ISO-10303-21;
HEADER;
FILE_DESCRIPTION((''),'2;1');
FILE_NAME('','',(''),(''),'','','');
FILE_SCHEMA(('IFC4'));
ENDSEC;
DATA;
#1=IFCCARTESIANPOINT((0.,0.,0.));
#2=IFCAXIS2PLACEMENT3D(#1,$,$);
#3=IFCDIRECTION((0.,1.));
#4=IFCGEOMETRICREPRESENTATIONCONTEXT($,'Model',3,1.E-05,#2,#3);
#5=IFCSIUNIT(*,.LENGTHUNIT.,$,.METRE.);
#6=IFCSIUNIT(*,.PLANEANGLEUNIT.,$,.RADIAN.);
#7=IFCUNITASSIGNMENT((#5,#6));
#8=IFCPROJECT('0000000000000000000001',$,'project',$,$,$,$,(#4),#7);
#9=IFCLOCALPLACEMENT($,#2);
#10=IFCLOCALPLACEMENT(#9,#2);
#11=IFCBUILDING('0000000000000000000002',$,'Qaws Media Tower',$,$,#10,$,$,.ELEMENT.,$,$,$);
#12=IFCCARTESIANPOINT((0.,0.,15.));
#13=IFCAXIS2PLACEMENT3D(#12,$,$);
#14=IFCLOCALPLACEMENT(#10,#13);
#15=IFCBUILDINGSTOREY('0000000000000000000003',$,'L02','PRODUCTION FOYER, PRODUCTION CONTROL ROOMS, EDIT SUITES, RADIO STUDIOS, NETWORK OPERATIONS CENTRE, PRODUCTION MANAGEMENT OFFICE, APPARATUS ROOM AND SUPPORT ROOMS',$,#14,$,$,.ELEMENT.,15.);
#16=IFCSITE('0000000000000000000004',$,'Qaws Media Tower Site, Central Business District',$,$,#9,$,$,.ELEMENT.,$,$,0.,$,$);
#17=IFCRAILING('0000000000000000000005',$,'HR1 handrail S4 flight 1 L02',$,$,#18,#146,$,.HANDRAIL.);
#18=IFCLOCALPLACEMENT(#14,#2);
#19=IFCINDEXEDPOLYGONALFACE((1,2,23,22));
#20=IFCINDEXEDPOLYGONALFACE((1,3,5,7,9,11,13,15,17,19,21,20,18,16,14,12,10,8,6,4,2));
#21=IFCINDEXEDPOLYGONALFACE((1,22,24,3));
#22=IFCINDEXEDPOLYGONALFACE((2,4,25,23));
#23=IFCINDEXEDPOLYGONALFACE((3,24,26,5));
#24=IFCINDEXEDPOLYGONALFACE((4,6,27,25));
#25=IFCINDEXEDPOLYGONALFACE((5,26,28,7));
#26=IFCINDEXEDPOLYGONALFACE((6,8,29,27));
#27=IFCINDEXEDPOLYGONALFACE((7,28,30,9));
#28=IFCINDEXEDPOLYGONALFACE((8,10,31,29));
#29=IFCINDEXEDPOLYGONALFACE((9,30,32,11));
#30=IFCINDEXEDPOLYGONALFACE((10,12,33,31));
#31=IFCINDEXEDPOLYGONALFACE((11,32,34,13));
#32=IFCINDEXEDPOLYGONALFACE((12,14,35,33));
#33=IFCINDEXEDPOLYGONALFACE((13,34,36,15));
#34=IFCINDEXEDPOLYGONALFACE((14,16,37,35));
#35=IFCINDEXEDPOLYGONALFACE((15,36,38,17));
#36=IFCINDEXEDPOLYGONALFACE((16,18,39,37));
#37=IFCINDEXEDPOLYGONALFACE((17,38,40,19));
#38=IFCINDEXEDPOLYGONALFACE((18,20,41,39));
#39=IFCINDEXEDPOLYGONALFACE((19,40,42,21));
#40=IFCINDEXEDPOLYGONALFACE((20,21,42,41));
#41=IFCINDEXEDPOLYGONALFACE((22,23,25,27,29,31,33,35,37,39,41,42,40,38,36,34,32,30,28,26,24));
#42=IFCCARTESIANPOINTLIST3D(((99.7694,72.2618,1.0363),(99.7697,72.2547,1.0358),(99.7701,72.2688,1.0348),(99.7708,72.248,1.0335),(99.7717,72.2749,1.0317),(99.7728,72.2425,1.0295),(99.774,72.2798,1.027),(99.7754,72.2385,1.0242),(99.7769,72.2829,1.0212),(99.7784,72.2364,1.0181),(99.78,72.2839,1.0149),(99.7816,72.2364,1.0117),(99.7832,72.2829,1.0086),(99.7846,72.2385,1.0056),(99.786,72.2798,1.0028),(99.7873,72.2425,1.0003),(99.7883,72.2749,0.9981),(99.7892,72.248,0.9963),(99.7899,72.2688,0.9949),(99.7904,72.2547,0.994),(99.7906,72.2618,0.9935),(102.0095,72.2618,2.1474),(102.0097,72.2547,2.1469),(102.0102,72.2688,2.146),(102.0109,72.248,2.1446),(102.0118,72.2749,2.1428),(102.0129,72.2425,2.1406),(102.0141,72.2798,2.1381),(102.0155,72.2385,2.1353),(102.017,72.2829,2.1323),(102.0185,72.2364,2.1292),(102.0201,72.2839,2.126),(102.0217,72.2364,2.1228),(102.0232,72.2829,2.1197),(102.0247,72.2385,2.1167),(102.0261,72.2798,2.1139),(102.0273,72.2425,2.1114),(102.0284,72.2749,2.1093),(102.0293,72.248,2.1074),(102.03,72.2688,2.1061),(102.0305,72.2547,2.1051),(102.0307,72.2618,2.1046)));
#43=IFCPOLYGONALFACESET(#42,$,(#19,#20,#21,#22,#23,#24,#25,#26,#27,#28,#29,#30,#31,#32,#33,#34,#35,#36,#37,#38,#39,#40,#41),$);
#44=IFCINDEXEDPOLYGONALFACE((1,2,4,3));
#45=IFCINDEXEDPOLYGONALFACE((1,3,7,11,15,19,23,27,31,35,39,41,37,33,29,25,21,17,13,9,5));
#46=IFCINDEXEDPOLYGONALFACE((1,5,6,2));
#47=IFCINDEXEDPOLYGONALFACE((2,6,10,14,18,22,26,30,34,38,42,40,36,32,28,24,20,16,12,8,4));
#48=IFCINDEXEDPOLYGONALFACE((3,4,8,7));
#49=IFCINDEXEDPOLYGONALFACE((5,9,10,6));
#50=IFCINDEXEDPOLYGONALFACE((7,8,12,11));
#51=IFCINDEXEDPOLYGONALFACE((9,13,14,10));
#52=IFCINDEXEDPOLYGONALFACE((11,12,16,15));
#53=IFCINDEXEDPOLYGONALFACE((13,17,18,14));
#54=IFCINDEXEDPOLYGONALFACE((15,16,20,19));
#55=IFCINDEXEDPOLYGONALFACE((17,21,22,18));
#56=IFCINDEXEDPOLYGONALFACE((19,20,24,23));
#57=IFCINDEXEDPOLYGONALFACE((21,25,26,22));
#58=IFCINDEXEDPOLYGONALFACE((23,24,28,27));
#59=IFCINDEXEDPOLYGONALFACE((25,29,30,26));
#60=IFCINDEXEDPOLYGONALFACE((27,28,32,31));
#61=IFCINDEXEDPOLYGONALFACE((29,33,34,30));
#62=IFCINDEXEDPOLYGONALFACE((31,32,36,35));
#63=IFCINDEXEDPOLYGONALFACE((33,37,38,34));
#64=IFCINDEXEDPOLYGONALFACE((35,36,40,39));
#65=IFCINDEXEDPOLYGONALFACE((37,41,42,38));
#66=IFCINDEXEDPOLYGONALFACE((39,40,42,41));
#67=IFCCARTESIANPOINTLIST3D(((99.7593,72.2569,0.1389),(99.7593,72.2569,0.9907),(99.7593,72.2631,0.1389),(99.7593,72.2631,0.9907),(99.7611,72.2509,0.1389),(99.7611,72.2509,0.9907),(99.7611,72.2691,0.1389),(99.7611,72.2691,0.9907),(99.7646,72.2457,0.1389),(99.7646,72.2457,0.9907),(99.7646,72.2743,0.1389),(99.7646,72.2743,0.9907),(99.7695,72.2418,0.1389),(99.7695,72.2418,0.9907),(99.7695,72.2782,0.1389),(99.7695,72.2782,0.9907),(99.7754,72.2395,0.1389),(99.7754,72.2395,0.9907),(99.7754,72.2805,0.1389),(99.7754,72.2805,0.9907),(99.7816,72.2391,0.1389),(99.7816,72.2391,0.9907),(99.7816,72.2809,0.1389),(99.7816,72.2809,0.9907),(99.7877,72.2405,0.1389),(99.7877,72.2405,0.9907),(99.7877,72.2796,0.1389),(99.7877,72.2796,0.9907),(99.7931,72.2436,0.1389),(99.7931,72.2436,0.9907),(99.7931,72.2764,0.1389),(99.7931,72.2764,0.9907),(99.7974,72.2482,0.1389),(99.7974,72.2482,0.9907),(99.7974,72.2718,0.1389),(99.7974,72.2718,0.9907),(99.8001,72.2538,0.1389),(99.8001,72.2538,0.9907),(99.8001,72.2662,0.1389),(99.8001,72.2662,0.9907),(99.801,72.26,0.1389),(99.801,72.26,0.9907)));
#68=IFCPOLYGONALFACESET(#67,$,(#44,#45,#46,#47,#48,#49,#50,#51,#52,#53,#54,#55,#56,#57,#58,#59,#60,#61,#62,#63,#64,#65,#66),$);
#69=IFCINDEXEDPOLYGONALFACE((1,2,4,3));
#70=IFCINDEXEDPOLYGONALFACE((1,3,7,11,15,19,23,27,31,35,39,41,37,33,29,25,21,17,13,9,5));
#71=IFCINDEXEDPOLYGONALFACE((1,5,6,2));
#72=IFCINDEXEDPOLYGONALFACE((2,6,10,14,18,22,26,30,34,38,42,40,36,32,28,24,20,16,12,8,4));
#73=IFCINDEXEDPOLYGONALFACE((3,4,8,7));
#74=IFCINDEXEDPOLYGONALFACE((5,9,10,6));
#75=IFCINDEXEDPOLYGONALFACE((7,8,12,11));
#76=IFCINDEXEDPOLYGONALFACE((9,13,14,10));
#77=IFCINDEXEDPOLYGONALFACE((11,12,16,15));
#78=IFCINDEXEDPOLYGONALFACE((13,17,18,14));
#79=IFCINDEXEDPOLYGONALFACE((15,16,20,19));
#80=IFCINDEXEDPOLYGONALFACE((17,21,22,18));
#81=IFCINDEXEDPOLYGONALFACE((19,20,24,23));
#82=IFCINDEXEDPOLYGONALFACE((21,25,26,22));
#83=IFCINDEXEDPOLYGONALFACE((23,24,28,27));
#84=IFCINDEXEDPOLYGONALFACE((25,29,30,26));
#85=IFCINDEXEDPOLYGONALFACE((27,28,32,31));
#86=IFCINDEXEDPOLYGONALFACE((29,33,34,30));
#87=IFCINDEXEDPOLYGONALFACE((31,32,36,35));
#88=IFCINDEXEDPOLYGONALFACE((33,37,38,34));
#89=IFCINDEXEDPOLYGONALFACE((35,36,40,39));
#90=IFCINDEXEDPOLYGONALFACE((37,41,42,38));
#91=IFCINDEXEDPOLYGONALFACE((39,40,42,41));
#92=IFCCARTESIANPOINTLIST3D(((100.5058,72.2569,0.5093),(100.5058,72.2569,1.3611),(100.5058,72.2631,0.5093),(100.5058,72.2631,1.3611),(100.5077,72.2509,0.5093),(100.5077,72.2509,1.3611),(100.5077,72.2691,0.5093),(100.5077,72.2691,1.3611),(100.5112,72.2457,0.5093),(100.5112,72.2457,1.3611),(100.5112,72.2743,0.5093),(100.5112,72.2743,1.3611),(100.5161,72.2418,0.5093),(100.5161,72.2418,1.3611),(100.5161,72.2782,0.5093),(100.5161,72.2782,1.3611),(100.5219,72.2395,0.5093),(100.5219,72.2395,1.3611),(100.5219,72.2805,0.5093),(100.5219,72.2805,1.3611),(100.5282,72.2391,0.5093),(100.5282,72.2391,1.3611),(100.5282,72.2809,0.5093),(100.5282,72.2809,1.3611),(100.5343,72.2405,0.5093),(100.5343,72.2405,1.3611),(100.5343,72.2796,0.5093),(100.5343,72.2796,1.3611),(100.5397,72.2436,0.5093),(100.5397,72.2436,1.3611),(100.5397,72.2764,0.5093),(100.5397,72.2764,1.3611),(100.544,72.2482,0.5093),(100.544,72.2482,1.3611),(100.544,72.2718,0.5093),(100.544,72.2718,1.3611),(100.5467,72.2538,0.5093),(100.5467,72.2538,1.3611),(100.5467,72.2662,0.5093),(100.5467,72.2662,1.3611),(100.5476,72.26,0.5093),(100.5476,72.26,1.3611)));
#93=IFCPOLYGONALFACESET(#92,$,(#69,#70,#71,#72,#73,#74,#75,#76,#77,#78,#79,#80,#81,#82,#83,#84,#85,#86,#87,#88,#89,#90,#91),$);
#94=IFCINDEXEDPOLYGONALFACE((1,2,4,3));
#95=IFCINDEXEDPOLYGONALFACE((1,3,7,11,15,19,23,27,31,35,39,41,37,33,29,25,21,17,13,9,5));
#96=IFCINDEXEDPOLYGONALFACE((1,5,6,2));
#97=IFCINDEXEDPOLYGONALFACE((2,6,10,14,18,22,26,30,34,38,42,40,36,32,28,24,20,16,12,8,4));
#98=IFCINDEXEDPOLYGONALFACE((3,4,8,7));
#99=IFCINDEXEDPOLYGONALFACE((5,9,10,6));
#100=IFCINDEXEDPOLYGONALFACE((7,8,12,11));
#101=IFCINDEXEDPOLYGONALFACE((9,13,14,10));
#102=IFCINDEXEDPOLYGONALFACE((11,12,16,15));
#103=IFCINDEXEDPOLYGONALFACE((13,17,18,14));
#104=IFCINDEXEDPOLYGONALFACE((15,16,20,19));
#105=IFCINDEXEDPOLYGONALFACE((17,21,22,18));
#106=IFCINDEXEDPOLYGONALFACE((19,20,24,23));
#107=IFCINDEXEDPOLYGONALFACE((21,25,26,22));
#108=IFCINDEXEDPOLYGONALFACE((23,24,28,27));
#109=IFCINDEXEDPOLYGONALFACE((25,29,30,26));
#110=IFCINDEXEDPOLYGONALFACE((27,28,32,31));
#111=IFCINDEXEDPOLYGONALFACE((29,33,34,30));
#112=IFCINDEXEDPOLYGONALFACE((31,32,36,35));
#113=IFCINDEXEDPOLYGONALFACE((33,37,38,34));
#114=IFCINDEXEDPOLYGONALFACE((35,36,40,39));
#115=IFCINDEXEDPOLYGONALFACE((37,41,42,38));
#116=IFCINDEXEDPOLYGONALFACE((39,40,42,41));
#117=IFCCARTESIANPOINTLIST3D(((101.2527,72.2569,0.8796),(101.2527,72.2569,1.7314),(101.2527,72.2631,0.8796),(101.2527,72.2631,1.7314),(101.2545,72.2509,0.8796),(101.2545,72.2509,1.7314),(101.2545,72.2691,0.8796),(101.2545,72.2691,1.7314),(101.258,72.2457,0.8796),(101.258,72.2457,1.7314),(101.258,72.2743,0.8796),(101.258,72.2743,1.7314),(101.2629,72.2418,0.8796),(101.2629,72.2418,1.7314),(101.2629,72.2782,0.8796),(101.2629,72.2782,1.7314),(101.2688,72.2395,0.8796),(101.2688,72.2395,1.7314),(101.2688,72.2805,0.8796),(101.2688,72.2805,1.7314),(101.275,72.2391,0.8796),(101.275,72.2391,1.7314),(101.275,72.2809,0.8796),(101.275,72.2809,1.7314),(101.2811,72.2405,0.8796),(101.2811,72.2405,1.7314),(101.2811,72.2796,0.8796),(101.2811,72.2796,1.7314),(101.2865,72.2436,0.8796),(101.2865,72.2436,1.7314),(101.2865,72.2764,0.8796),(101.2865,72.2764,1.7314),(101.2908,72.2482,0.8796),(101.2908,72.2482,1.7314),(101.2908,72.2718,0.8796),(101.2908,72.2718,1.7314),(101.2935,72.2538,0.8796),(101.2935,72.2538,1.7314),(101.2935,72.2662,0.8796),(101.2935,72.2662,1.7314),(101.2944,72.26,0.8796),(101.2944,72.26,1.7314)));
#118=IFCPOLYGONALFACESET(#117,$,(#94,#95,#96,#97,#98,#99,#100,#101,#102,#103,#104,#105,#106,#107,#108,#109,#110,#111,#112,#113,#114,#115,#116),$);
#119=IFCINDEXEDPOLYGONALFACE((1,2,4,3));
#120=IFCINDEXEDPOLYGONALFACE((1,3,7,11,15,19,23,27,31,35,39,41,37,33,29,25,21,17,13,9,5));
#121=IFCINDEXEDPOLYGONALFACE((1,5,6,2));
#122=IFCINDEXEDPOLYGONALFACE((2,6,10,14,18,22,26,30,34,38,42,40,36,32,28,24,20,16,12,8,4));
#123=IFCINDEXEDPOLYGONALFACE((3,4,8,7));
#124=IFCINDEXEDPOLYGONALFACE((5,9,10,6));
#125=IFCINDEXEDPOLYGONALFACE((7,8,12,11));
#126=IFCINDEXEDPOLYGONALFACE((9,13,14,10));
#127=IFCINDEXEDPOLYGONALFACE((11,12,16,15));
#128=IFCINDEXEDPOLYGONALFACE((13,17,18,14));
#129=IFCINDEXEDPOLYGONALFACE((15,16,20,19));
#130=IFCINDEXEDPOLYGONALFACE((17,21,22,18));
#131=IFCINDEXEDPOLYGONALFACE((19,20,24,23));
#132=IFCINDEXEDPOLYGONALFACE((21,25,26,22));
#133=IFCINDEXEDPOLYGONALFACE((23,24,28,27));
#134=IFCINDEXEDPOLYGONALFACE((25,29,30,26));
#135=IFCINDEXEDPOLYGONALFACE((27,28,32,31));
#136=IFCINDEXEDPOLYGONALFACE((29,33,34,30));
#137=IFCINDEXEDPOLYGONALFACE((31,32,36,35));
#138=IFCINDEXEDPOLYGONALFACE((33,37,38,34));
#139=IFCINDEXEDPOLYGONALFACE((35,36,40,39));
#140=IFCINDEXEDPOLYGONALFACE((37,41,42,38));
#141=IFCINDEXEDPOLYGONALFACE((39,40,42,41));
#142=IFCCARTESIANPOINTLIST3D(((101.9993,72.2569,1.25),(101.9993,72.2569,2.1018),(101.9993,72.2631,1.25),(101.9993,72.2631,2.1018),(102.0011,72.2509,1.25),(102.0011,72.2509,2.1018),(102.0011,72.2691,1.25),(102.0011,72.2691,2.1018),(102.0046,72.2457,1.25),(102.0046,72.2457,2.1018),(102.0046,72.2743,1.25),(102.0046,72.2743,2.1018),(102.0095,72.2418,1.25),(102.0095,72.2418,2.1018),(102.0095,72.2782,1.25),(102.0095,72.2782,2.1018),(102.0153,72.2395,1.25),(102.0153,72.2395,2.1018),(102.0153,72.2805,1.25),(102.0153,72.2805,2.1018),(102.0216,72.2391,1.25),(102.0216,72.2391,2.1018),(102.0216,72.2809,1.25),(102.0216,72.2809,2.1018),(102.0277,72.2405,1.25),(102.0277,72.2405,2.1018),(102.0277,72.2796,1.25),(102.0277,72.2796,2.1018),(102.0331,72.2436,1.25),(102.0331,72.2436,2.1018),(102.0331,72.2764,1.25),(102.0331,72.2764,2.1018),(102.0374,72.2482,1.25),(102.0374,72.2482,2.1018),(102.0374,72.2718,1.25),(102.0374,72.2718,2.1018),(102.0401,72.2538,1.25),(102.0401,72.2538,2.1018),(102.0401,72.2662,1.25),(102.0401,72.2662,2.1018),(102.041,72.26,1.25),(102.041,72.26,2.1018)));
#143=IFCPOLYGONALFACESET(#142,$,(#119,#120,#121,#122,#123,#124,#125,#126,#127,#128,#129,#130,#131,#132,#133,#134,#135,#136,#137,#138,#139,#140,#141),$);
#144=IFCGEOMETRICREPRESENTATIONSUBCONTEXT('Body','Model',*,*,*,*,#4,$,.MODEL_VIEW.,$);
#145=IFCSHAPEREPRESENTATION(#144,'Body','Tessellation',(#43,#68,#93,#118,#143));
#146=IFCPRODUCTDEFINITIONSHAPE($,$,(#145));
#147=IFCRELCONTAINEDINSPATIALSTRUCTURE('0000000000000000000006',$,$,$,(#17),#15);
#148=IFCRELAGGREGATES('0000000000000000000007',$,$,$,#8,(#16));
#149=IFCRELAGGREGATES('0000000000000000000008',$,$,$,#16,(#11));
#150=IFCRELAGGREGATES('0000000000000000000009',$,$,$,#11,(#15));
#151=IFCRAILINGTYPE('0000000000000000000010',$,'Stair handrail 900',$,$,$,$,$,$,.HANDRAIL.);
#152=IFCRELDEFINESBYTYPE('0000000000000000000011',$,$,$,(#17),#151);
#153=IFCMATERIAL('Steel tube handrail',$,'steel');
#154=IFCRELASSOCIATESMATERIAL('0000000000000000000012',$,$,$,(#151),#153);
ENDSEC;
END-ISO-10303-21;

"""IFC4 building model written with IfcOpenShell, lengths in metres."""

from ifc_helpers import new_model, si_unit, direction, frame, origin, origin_2d, place, context, subcontext, project, spatial, circle, extrude, material, type_object, element, save


model = new_model("IFC4")

# Units and contexts
model_context = context("Model", 3, precision=1e-05, world=origin(), true_north=direction((0.0, 1.0)))
body_context = subcontext(model_context, "Body", "Model", "MODEL_VIEW")
ifc_project = project(units=[si_unit("LENGTHUNIT", "METRE"), si_unit("PLANEANGLEUNIT", "RADIAN")], contexts=[model_context])

# Site, building, storey
site_placement = place(None, origin())
site = spatial("IfcSite", under=ifc_project, at=site_placement, Name="Qaws Media Tower Site, Central Business District", CompositionType="ELEMENT", RefElevation=0.0)
building_placement = place(site_placement, origin())
building = spatial("IfcBuilding", under=site, at=building_placement, Name="Qaws Media Tower", CompositionType="ELEMENT")
storey_placement = place(building_placement, frame((0.0, 0.0, 15.0)))
storey = spatial("IfcBuildingStorey", under=building, at=storey_placement, Name="L02", Description="PRODUCTION FOYER, PRODUCTION CONTROL ROOMS, EDIT SUITES, RADIO STUDIOS, NETWORK OPERATIONS CENTRE, PRODUCTION MANAGEMENT OFFICE, APPARATUS ROOM AND SUPPORT ROOMS", CompositionType="ELEMENT", Elevation=15.0)

# Railing
ifc_material_1 = material(Name="Steel tube handrail", Category="steel")
railing_type = type_object("IfcRailingType", Name="Stair handrail 900", PredefinedType="HANDRAIL", material=ifc_material_1)
for number, where, name in (
    (1, (99.78, 72.26, 0.1389), "HR1 handrail S4 flight 1 L02"),
):
    element("IfcRailing", number, at=place(storey_placement, frame(where)), inside=storey, type_object=railing_type, Name=name, PredefinedType="HANDRAIL", context=body_context, shape_type="SweptSolid", body=[
        extrude(circle(Radius=0.0239, at=origin_2d()), frame((0.0, 0.0, 0.876), z_axis=(0.895848, 0.0, 0.44436), x_axis=(0.0, 1.0, 0.0)), (0.0, 0.0, 1.0), 2.5005),
        extrude(circle(Radius=0.021, at=origin_2d()), origin(), (0.0, 0.0, 1.0), 0.8518),
        extrude(circle(Radius=0.021, at=origin_2d()), frame((0.7466, 0.0, 0.3704)), (0.0, 0.0, 1.0), 0.8518),
        extrude(circle(Radius=0.021, at=origin_2d()), frame((1.4934, 0.0, 0.7407)), (0.0, 0.0, 1.0), 0.8518),
        extrude(circle(Radius=0.021, at=origin_2d()), frame((2.24, 0.0, 1.1111)), (0.0, 0.0, 1.0), 0.8518),
    ])

save(model, "model.ifc")
